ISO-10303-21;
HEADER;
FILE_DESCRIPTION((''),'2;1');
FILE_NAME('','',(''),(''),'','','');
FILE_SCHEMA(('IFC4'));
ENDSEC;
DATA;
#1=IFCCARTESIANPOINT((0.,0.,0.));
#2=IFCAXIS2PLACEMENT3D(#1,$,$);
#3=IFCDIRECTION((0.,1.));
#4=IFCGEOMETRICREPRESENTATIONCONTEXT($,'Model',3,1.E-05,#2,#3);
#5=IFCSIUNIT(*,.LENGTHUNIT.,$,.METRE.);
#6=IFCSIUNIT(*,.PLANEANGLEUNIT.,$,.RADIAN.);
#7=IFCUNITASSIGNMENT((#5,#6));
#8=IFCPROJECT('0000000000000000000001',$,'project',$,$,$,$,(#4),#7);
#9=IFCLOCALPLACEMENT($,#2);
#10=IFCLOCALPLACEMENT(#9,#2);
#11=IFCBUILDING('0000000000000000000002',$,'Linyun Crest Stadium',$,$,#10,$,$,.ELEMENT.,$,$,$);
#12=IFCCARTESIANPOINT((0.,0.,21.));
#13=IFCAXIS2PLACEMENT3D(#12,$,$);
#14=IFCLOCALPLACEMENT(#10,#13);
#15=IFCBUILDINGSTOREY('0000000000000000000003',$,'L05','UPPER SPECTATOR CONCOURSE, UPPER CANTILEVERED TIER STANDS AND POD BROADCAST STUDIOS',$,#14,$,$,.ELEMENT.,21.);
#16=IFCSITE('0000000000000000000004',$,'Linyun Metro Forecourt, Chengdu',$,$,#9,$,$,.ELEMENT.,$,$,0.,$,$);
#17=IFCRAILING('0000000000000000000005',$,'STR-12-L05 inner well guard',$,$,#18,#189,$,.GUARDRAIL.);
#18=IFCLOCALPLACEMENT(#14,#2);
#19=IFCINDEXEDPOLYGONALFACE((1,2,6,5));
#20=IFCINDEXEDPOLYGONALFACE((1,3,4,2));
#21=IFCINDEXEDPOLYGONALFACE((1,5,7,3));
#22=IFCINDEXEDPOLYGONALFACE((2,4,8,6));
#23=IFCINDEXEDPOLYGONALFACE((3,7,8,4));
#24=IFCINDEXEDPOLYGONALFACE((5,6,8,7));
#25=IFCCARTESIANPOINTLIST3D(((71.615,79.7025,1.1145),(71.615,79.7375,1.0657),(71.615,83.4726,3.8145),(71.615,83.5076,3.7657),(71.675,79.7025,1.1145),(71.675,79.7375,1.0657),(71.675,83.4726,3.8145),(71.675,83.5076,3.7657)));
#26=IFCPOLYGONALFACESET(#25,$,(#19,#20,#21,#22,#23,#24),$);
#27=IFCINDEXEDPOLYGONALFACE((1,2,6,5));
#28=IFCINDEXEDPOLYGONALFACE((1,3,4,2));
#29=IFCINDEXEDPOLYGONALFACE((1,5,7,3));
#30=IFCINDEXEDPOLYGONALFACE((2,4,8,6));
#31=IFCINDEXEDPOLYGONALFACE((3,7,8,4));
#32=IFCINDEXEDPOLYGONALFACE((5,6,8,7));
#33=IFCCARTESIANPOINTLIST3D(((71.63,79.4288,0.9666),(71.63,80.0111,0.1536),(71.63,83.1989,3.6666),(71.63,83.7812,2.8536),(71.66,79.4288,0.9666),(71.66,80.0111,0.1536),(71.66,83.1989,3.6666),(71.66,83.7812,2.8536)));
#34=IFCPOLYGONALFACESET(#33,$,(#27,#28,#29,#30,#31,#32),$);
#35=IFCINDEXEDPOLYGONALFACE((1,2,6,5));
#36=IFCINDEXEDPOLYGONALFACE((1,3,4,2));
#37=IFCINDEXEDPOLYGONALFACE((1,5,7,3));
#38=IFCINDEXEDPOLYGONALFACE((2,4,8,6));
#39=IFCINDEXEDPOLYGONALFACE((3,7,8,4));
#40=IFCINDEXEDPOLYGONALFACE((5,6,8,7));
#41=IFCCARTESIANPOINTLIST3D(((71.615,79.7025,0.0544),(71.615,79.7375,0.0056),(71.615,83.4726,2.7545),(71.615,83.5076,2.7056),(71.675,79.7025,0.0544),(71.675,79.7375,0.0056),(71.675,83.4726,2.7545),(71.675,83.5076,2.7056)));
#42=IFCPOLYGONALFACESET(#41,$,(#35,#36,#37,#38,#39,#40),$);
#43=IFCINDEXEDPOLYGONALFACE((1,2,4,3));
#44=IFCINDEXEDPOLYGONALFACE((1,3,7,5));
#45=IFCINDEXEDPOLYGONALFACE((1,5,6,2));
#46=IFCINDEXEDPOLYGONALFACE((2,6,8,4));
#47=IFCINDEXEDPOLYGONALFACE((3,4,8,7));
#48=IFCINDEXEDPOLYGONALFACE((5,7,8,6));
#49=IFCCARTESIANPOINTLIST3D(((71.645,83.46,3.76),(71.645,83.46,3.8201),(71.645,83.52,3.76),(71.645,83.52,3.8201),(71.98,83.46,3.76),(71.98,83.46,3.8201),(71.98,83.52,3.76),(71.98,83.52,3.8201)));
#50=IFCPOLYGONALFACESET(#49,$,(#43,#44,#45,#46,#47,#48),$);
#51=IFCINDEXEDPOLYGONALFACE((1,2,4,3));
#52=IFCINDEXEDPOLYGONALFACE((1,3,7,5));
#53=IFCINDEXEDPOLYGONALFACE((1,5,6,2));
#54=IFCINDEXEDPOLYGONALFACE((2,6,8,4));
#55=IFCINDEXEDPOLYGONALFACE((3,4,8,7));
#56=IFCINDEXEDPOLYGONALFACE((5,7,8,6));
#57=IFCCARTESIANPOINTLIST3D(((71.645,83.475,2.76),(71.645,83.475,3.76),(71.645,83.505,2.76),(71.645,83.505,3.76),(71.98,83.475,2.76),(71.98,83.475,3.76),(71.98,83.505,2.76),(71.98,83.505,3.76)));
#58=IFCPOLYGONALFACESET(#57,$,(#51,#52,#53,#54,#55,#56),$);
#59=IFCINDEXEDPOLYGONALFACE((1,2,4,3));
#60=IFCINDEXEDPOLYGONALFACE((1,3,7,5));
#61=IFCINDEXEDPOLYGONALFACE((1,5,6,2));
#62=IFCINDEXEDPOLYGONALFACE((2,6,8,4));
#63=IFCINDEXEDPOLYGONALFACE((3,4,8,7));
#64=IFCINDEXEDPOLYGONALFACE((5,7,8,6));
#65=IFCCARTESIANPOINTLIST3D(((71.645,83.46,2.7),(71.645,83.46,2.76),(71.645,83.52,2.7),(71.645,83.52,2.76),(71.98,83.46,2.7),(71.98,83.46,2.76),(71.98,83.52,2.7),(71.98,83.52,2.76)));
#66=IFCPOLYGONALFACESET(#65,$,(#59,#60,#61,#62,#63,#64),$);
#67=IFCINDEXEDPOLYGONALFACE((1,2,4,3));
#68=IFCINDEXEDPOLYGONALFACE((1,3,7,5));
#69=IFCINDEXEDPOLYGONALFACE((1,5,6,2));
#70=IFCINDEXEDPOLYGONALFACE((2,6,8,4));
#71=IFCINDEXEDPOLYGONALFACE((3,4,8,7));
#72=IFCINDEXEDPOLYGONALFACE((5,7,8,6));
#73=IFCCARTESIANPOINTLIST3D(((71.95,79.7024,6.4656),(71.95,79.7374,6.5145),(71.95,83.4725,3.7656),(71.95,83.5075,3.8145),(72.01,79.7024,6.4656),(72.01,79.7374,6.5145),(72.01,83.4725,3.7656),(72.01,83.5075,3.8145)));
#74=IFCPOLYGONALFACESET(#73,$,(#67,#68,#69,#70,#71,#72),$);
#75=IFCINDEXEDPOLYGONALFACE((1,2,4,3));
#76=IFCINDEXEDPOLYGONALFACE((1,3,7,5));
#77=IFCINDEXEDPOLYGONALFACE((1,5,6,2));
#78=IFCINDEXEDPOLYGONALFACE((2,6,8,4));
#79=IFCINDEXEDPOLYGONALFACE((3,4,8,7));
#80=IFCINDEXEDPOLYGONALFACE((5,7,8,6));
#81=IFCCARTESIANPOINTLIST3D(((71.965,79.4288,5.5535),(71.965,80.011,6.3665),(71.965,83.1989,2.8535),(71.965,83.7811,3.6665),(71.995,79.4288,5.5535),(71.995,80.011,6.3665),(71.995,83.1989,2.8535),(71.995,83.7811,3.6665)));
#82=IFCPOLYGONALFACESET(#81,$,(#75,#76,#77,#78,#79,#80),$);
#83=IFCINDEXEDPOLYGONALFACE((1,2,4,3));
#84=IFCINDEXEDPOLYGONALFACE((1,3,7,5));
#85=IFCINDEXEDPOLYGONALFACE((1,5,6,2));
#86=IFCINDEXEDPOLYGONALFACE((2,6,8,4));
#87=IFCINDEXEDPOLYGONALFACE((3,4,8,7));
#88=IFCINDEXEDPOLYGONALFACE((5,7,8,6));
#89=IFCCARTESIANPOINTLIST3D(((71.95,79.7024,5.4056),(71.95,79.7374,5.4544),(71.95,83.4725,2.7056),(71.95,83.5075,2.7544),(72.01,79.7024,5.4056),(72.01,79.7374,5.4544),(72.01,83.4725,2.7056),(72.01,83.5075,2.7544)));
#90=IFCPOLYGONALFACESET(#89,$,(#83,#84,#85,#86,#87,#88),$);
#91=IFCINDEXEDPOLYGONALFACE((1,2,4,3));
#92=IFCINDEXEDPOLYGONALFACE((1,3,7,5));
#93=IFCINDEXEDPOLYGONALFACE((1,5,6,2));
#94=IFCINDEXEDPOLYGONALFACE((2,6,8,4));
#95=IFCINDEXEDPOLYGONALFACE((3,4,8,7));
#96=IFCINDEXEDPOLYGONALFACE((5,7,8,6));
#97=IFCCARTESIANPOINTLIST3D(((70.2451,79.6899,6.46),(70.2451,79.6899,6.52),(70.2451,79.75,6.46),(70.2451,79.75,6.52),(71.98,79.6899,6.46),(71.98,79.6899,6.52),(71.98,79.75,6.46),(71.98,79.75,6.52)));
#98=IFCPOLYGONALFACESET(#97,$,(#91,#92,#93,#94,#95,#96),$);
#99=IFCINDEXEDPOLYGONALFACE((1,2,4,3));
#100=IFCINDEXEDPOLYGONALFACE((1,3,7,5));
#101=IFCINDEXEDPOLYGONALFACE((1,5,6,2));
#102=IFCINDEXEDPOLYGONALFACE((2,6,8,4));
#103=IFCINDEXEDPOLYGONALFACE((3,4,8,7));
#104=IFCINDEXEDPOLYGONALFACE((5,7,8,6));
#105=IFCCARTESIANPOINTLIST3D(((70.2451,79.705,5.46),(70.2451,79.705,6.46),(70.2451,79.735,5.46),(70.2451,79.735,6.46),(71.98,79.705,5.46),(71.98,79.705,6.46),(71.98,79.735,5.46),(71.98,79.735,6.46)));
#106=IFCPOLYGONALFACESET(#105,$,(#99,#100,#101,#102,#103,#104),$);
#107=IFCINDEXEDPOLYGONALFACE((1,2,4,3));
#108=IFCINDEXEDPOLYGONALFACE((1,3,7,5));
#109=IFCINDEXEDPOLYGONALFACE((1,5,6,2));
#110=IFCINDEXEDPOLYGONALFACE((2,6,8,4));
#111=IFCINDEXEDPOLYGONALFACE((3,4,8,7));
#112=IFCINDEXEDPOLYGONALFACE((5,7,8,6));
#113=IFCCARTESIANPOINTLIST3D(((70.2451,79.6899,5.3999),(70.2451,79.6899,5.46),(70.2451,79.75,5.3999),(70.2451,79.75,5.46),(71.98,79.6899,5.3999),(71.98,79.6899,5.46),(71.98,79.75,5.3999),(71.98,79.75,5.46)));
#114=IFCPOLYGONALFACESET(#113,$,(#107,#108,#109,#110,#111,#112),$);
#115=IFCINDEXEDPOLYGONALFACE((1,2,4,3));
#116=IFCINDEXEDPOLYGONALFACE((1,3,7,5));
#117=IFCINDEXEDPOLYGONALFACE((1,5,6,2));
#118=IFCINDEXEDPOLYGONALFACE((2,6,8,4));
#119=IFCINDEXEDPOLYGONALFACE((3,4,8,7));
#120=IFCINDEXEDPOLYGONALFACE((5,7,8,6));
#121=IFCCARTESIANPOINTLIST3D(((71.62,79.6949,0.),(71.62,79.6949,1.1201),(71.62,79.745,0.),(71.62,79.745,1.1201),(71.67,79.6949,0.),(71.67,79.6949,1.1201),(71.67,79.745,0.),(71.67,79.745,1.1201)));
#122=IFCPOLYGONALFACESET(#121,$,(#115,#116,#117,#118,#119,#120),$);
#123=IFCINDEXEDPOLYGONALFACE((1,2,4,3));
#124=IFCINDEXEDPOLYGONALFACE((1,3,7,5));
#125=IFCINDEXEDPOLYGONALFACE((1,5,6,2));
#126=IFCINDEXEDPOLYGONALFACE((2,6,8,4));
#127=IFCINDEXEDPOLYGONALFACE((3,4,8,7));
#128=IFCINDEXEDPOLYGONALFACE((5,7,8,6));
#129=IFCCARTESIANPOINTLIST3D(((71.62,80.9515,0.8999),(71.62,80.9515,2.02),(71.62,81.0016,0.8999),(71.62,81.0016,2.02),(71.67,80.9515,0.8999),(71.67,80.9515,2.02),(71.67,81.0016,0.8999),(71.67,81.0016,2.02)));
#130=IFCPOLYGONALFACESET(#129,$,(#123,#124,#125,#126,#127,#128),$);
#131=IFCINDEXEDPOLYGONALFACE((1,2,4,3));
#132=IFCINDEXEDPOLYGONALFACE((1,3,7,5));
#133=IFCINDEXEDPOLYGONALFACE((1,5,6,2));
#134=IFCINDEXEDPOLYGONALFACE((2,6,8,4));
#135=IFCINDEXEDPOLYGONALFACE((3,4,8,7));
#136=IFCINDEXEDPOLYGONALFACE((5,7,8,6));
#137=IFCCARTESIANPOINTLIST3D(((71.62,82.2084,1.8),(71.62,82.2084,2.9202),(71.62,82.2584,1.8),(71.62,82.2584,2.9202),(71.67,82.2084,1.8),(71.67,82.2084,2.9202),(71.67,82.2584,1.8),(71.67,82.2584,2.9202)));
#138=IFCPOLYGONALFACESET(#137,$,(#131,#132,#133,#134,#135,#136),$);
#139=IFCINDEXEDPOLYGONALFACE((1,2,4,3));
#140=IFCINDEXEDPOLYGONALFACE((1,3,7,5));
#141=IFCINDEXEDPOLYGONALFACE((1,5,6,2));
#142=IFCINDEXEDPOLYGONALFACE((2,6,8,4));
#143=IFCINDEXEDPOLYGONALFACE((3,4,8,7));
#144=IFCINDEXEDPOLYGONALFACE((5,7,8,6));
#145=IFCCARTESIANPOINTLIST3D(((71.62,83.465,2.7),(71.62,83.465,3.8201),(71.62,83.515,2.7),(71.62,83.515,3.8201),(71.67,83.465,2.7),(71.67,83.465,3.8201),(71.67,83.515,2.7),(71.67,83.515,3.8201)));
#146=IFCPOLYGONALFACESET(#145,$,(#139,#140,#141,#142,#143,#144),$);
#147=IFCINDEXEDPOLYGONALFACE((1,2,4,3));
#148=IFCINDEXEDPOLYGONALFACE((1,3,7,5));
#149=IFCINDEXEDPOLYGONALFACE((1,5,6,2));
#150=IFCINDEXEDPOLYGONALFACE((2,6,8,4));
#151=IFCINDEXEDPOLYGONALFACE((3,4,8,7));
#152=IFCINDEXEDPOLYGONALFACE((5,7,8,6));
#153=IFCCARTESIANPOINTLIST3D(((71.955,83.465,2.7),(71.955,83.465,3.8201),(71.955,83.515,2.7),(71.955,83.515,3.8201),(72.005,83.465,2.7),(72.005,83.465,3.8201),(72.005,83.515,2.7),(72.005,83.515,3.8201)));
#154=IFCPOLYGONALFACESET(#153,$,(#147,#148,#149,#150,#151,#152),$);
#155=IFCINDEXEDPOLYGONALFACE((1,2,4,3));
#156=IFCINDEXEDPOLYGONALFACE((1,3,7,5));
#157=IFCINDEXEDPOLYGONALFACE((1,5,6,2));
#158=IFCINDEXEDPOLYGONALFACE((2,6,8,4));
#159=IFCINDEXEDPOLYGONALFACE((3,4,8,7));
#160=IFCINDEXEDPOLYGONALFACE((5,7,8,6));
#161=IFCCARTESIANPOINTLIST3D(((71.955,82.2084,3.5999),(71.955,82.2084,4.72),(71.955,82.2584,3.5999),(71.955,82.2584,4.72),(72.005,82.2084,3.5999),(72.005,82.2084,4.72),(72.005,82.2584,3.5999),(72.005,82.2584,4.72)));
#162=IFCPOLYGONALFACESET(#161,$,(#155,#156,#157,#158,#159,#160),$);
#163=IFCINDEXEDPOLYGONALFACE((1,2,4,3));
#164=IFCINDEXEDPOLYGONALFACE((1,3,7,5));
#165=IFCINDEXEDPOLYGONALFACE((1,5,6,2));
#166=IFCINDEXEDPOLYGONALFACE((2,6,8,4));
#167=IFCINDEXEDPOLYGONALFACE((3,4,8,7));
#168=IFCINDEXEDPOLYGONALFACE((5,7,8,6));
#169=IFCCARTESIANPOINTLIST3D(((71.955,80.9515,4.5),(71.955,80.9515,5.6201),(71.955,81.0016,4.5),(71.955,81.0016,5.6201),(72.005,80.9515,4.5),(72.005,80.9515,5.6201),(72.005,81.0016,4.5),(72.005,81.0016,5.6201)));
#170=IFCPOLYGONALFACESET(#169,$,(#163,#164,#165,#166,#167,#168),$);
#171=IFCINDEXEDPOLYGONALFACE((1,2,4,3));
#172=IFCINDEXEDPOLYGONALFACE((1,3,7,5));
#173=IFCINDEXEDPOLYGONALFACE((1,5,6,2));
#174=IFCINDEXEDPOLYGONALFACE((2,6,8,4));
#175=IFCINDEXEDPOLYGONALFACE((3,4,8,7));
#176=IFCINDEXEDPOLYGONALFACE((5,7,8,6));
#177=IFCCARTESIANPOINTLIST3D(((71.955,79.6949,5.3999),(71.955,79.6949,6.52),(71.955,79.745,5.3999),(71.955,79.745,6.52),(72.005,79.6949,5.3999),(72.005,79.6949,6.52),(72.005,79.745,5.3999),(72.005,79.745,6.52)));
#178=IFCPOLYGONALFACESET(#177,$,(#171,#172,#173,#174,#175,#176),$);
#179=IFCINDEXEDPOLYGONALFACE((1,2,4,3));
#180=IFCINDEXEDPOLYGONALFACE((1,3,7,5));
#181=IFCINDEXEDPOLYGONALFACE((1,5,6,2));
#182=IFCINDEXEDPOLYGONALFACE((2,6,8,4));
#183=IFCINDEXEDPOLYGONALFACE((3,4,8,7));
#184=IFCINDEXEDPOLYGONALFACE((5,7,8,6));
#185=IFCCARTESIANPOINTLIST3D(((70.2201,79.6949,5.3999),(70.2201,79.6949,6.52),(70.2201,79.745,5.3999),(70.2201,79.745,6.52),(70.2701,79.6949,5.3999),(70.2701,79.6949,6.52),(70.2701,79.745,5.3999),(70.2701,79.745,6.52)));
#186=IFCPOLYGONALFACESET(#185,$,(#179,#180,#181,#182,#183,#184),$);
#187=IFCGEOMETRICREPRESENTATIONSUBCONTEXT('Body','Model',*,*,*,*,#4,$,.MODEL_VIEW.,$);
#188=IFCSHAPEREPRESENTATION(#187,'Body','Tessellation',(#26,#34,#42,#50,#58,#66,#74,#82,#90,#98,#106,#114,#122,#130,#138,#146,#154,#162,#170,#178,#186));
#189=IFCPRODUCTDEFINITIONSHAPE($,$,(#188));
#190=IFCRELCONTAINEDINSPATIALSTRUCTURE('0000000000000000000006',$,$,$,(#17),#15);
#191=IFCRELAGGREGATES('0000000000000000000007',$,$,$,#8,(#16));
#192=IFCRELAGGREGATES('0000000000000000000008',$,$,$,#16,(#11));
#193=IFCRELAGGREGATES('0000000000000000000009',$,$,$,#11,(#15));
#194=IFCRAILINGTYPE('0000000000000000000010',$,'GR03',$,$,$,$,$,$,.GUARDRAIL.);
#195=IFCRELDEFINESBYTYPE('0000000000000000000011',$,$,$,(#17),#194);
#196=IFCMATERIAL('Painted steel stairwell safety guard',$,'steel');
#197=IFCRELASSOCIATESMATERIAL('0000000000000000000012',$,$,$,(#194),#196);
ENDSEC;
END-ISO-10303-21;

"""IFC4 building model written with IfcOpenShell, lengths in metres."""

from ifc_helpers import new_model, si_unit, direction, frame, origin, origin_2d, place, context, subcontext, project, spatial, rectangle, extrude, material, type_object, element, save


model = new_model("IFC4")

# Units and contexts
model_context = context("Model", 3, precision=1e-05, world=origin(), true_north=direction((0.0, 1.0)))
body_context = subcontext(model_context, "Body", "Model", "MODEL_VIEW")
ifc_project = project(units=[si_unit("LENGTHUNIT", "METRE"), si_unit("PLANEANGLEUNIT", "RADIAN")], contexts=[model_context])

# Site, building, storey
site_placement = place(None, origin())
site = spatial("IfcSite", under=ifc_project, at=site_placement, Name="Linyun Metro Forecourt, Chengdu", CompositionType="ELEMENT", RefElevation=0.0)
building_placement = place(site_placement, origin())
building = spatial("IfcBuilding", under=site, at=building_placement, Name="Linyun Crest Stadium", CompositionType="ELEMENT")
storey_placement = place(building_placement, frame((0.0, 0.0, 21.0)))
storey = spatial("IfcBuildingStorey", under=building, at=storey_placement, Name="L05", Description="UPPER SPECTATOR CONCOURSE, UPPER CANTILEVERED TIER STANDS AND POD BROADCAST STUDIOS", CompositionType="ELEMENT", Elevation=21.0)

# Railing
ifc_material_1 = material(Name="Painted steel stairwell safety guard", Category="steel")
railing_type_1 = type_object("IfcRailingType", Name="GR03", PredefinedType="GUARDRAIL", material=ifc_material_1)
railing_1_placement = place(storey_placement, frame((71.645, 79.72, 0.0)))
element("IfcRailing", 1, at=railing_1_placement, inside=storey, type_object=railing_type_1, Name="STR-12-L05 inner well guard", PredefinedType="GUARDRAIL", context=body_context, shape_type="SweptSolid", body=[
    extrude(rectangle(XDim=0.0601, YDim=0.0601, at=origin_2d()), frame((0.0, 0.0, 1.0901), z_axis=(0.0, 0.813011, 0.582249), x_axis=(-1.0, 0.0, 0.0)), (0.0, 0.0, 1.0), 4.6372),
    extrude(rectangle(XDim=0.03, YDim=1.0, at=origin_2d()), frame((0.0, 0.0, 0.5601), z_axis=(0.0, 0.813011, 0.582249), x_axis=(-1.0, 0.0, 0.0)), (0.0, 0.0, 1.0), 4.6372),
    extrude(rectangle(XDim=0.0601, YDim=0.0601, at=origin_2d()), frame((0.0, 0.0, 0.03), z_axis=(0.0, 0.813011, 0.582249), x_axis=(-1.0, 0.0, 0.0)), (0.0, 0.0, 1.0), 4.6372),
    extrude(rectangle(XDim=0.0601, YDim=0.0601, at=origin_2d()), frame((0.0, 3.77, 3.79), z_axis=(1.0, 0.0, 0.0), x_axis=(0.0, 1.0, 0.0)), (0.0, 0.0, 1.0), 0.335),
    extrude(rectangle(XDim=0.03, YDim=1.0, at=origin_2d()), frame((0.0, 3.77, 3.26), z_axis=(1.0, 0.0, 0.0), x_axis=(0.0, 1.0, 0.0)), (0.0, 0.0, 1.0), 0.335),
    extrude(rectangle(XDim=0.0601, YDim=0.0601, at=origin_2d()), frame((0.0, 3.77, 2.73), z_axis=(1.0, 0.0, 0.0), x_axis=(0.0, 1.0, 0.0)), (0.0, 0.0, 1.0), 0.335),
    extrude(rectangle(XDim=0.0601, YDim=0.0601, at=origin_2d()), frame((0.335, 3.77, 3.79), z_axis=(0.0, -0.813011, 0.582249), x_axis=(1.0, 0.0, 0.0)), (0.0, 0.0, 1.0), 4.6372),
    extrude(rectangle(XDim=0.03, YDim=1.0, at=origin_2d()), frame((0.335, 3.77, 3.26), z_axis=(0.0, -0.813011, 0.582249), x_axis=(1.0, 0.0, 0.0)), (0.0, 0.0, 1.0), 4.6372),
    extrude(rectangle(XDim=0.0601, YDim=0.0601, at=origin_2d()), frame((0.335, 3.77, 2.73), z_axis=(0.0, -0.813011, 0.582249), x_axis=(1.0, 0.0, 0.0)), (0.0, 0.0, 1.0), 4.6372),
    extrude(rectangle(XDim=0.0601, YDim=0.0601, at=origin_2d()), frame((0.335, 0.0, 6.49), z_axis=(-1.0, 0.0, 0.0), x_axis=(0.0, -1.0, 0.0)), (0.0, 0.0, 1.0), 1.7349),
    extrude(rectangle(XDim=0.03, YDim=1.0, at=origin_2d()), frame((0.335, 0.0, 5.96), z_axis=(-1.0, 0.0, 0.0), x_axis=(0.0, -1.0, 0.0)), (0.0, 0.0, 1.0), 1.7349),
    extrude(rectangle(XDim=0.0601, YDim=0.0601, at=origin_2d()), frame((0.335, 0.0, 5.4299), z_axis=(-1.0, 0.0, 0.0), x_axis=(0.0, -1.0, 0.0)), (0.0, 0.0, 1.0), 1.7349),
    extrude(rectangle(XDim=0.05, YDim=0.05, at=origin_2d()), origin(), (0.0, 0.0, 1.0), 1.1201),
    extrude(rectangle(XDim=0.05, YDim=0.05, at=origin_2d()), frame((0.0, 1.2566, 0.8999)), (0.0, 0.0, 1.0), 1.1201),
    extrude(rectangle(XDim=0.05, YDim=0.05, at=origin_2d()), frame((0.0, 2.5134, 1.8)), (0.0, 0.0, 1.0), 1.1201),
    extrude(rectangle(XDim=0.05, YDim=0.05, at=origin_2d()), frame((0.0, 3.77, 2.7)), (0.0, 0.0, 1.0), 1.1201),
    extrude(rectangle(XDim=0.05, YDim=0.05, at=origin_2d()), frame((0.335, 3.77, 2.7)), (0.0, 0.0, 1.0), 1.1201),
    extrude(rectangle(XDim=0.05, YDim=0.05, at=origin_2d()), frame((0.335, 2.5134, 3.5999)), (0.0, 0.0, 1.0), 1.1201),
    extrude(rectangle(XDim=0.05, YDim=0.05, at=origin_2d()), frame((0.335, 1.2566, 4.5)), (0.0, 0.0, 1.0), 1.1201),
    extrude(rectangle(XDim=0.05, YDim=0.05, at=origin_2d()), frame((0.335, 0.0, 5.3999)), (0.0, 0.0, 1.0), 1.1201),
    extrude(rectangle(XDim=0.05, YDim=0.05, at=origin_2d()), frame((-1.3999, 0.0, 5.3999)), (0.0, 0.0, 1.0), 1.1201),
])

save(model, "model.ifc")
